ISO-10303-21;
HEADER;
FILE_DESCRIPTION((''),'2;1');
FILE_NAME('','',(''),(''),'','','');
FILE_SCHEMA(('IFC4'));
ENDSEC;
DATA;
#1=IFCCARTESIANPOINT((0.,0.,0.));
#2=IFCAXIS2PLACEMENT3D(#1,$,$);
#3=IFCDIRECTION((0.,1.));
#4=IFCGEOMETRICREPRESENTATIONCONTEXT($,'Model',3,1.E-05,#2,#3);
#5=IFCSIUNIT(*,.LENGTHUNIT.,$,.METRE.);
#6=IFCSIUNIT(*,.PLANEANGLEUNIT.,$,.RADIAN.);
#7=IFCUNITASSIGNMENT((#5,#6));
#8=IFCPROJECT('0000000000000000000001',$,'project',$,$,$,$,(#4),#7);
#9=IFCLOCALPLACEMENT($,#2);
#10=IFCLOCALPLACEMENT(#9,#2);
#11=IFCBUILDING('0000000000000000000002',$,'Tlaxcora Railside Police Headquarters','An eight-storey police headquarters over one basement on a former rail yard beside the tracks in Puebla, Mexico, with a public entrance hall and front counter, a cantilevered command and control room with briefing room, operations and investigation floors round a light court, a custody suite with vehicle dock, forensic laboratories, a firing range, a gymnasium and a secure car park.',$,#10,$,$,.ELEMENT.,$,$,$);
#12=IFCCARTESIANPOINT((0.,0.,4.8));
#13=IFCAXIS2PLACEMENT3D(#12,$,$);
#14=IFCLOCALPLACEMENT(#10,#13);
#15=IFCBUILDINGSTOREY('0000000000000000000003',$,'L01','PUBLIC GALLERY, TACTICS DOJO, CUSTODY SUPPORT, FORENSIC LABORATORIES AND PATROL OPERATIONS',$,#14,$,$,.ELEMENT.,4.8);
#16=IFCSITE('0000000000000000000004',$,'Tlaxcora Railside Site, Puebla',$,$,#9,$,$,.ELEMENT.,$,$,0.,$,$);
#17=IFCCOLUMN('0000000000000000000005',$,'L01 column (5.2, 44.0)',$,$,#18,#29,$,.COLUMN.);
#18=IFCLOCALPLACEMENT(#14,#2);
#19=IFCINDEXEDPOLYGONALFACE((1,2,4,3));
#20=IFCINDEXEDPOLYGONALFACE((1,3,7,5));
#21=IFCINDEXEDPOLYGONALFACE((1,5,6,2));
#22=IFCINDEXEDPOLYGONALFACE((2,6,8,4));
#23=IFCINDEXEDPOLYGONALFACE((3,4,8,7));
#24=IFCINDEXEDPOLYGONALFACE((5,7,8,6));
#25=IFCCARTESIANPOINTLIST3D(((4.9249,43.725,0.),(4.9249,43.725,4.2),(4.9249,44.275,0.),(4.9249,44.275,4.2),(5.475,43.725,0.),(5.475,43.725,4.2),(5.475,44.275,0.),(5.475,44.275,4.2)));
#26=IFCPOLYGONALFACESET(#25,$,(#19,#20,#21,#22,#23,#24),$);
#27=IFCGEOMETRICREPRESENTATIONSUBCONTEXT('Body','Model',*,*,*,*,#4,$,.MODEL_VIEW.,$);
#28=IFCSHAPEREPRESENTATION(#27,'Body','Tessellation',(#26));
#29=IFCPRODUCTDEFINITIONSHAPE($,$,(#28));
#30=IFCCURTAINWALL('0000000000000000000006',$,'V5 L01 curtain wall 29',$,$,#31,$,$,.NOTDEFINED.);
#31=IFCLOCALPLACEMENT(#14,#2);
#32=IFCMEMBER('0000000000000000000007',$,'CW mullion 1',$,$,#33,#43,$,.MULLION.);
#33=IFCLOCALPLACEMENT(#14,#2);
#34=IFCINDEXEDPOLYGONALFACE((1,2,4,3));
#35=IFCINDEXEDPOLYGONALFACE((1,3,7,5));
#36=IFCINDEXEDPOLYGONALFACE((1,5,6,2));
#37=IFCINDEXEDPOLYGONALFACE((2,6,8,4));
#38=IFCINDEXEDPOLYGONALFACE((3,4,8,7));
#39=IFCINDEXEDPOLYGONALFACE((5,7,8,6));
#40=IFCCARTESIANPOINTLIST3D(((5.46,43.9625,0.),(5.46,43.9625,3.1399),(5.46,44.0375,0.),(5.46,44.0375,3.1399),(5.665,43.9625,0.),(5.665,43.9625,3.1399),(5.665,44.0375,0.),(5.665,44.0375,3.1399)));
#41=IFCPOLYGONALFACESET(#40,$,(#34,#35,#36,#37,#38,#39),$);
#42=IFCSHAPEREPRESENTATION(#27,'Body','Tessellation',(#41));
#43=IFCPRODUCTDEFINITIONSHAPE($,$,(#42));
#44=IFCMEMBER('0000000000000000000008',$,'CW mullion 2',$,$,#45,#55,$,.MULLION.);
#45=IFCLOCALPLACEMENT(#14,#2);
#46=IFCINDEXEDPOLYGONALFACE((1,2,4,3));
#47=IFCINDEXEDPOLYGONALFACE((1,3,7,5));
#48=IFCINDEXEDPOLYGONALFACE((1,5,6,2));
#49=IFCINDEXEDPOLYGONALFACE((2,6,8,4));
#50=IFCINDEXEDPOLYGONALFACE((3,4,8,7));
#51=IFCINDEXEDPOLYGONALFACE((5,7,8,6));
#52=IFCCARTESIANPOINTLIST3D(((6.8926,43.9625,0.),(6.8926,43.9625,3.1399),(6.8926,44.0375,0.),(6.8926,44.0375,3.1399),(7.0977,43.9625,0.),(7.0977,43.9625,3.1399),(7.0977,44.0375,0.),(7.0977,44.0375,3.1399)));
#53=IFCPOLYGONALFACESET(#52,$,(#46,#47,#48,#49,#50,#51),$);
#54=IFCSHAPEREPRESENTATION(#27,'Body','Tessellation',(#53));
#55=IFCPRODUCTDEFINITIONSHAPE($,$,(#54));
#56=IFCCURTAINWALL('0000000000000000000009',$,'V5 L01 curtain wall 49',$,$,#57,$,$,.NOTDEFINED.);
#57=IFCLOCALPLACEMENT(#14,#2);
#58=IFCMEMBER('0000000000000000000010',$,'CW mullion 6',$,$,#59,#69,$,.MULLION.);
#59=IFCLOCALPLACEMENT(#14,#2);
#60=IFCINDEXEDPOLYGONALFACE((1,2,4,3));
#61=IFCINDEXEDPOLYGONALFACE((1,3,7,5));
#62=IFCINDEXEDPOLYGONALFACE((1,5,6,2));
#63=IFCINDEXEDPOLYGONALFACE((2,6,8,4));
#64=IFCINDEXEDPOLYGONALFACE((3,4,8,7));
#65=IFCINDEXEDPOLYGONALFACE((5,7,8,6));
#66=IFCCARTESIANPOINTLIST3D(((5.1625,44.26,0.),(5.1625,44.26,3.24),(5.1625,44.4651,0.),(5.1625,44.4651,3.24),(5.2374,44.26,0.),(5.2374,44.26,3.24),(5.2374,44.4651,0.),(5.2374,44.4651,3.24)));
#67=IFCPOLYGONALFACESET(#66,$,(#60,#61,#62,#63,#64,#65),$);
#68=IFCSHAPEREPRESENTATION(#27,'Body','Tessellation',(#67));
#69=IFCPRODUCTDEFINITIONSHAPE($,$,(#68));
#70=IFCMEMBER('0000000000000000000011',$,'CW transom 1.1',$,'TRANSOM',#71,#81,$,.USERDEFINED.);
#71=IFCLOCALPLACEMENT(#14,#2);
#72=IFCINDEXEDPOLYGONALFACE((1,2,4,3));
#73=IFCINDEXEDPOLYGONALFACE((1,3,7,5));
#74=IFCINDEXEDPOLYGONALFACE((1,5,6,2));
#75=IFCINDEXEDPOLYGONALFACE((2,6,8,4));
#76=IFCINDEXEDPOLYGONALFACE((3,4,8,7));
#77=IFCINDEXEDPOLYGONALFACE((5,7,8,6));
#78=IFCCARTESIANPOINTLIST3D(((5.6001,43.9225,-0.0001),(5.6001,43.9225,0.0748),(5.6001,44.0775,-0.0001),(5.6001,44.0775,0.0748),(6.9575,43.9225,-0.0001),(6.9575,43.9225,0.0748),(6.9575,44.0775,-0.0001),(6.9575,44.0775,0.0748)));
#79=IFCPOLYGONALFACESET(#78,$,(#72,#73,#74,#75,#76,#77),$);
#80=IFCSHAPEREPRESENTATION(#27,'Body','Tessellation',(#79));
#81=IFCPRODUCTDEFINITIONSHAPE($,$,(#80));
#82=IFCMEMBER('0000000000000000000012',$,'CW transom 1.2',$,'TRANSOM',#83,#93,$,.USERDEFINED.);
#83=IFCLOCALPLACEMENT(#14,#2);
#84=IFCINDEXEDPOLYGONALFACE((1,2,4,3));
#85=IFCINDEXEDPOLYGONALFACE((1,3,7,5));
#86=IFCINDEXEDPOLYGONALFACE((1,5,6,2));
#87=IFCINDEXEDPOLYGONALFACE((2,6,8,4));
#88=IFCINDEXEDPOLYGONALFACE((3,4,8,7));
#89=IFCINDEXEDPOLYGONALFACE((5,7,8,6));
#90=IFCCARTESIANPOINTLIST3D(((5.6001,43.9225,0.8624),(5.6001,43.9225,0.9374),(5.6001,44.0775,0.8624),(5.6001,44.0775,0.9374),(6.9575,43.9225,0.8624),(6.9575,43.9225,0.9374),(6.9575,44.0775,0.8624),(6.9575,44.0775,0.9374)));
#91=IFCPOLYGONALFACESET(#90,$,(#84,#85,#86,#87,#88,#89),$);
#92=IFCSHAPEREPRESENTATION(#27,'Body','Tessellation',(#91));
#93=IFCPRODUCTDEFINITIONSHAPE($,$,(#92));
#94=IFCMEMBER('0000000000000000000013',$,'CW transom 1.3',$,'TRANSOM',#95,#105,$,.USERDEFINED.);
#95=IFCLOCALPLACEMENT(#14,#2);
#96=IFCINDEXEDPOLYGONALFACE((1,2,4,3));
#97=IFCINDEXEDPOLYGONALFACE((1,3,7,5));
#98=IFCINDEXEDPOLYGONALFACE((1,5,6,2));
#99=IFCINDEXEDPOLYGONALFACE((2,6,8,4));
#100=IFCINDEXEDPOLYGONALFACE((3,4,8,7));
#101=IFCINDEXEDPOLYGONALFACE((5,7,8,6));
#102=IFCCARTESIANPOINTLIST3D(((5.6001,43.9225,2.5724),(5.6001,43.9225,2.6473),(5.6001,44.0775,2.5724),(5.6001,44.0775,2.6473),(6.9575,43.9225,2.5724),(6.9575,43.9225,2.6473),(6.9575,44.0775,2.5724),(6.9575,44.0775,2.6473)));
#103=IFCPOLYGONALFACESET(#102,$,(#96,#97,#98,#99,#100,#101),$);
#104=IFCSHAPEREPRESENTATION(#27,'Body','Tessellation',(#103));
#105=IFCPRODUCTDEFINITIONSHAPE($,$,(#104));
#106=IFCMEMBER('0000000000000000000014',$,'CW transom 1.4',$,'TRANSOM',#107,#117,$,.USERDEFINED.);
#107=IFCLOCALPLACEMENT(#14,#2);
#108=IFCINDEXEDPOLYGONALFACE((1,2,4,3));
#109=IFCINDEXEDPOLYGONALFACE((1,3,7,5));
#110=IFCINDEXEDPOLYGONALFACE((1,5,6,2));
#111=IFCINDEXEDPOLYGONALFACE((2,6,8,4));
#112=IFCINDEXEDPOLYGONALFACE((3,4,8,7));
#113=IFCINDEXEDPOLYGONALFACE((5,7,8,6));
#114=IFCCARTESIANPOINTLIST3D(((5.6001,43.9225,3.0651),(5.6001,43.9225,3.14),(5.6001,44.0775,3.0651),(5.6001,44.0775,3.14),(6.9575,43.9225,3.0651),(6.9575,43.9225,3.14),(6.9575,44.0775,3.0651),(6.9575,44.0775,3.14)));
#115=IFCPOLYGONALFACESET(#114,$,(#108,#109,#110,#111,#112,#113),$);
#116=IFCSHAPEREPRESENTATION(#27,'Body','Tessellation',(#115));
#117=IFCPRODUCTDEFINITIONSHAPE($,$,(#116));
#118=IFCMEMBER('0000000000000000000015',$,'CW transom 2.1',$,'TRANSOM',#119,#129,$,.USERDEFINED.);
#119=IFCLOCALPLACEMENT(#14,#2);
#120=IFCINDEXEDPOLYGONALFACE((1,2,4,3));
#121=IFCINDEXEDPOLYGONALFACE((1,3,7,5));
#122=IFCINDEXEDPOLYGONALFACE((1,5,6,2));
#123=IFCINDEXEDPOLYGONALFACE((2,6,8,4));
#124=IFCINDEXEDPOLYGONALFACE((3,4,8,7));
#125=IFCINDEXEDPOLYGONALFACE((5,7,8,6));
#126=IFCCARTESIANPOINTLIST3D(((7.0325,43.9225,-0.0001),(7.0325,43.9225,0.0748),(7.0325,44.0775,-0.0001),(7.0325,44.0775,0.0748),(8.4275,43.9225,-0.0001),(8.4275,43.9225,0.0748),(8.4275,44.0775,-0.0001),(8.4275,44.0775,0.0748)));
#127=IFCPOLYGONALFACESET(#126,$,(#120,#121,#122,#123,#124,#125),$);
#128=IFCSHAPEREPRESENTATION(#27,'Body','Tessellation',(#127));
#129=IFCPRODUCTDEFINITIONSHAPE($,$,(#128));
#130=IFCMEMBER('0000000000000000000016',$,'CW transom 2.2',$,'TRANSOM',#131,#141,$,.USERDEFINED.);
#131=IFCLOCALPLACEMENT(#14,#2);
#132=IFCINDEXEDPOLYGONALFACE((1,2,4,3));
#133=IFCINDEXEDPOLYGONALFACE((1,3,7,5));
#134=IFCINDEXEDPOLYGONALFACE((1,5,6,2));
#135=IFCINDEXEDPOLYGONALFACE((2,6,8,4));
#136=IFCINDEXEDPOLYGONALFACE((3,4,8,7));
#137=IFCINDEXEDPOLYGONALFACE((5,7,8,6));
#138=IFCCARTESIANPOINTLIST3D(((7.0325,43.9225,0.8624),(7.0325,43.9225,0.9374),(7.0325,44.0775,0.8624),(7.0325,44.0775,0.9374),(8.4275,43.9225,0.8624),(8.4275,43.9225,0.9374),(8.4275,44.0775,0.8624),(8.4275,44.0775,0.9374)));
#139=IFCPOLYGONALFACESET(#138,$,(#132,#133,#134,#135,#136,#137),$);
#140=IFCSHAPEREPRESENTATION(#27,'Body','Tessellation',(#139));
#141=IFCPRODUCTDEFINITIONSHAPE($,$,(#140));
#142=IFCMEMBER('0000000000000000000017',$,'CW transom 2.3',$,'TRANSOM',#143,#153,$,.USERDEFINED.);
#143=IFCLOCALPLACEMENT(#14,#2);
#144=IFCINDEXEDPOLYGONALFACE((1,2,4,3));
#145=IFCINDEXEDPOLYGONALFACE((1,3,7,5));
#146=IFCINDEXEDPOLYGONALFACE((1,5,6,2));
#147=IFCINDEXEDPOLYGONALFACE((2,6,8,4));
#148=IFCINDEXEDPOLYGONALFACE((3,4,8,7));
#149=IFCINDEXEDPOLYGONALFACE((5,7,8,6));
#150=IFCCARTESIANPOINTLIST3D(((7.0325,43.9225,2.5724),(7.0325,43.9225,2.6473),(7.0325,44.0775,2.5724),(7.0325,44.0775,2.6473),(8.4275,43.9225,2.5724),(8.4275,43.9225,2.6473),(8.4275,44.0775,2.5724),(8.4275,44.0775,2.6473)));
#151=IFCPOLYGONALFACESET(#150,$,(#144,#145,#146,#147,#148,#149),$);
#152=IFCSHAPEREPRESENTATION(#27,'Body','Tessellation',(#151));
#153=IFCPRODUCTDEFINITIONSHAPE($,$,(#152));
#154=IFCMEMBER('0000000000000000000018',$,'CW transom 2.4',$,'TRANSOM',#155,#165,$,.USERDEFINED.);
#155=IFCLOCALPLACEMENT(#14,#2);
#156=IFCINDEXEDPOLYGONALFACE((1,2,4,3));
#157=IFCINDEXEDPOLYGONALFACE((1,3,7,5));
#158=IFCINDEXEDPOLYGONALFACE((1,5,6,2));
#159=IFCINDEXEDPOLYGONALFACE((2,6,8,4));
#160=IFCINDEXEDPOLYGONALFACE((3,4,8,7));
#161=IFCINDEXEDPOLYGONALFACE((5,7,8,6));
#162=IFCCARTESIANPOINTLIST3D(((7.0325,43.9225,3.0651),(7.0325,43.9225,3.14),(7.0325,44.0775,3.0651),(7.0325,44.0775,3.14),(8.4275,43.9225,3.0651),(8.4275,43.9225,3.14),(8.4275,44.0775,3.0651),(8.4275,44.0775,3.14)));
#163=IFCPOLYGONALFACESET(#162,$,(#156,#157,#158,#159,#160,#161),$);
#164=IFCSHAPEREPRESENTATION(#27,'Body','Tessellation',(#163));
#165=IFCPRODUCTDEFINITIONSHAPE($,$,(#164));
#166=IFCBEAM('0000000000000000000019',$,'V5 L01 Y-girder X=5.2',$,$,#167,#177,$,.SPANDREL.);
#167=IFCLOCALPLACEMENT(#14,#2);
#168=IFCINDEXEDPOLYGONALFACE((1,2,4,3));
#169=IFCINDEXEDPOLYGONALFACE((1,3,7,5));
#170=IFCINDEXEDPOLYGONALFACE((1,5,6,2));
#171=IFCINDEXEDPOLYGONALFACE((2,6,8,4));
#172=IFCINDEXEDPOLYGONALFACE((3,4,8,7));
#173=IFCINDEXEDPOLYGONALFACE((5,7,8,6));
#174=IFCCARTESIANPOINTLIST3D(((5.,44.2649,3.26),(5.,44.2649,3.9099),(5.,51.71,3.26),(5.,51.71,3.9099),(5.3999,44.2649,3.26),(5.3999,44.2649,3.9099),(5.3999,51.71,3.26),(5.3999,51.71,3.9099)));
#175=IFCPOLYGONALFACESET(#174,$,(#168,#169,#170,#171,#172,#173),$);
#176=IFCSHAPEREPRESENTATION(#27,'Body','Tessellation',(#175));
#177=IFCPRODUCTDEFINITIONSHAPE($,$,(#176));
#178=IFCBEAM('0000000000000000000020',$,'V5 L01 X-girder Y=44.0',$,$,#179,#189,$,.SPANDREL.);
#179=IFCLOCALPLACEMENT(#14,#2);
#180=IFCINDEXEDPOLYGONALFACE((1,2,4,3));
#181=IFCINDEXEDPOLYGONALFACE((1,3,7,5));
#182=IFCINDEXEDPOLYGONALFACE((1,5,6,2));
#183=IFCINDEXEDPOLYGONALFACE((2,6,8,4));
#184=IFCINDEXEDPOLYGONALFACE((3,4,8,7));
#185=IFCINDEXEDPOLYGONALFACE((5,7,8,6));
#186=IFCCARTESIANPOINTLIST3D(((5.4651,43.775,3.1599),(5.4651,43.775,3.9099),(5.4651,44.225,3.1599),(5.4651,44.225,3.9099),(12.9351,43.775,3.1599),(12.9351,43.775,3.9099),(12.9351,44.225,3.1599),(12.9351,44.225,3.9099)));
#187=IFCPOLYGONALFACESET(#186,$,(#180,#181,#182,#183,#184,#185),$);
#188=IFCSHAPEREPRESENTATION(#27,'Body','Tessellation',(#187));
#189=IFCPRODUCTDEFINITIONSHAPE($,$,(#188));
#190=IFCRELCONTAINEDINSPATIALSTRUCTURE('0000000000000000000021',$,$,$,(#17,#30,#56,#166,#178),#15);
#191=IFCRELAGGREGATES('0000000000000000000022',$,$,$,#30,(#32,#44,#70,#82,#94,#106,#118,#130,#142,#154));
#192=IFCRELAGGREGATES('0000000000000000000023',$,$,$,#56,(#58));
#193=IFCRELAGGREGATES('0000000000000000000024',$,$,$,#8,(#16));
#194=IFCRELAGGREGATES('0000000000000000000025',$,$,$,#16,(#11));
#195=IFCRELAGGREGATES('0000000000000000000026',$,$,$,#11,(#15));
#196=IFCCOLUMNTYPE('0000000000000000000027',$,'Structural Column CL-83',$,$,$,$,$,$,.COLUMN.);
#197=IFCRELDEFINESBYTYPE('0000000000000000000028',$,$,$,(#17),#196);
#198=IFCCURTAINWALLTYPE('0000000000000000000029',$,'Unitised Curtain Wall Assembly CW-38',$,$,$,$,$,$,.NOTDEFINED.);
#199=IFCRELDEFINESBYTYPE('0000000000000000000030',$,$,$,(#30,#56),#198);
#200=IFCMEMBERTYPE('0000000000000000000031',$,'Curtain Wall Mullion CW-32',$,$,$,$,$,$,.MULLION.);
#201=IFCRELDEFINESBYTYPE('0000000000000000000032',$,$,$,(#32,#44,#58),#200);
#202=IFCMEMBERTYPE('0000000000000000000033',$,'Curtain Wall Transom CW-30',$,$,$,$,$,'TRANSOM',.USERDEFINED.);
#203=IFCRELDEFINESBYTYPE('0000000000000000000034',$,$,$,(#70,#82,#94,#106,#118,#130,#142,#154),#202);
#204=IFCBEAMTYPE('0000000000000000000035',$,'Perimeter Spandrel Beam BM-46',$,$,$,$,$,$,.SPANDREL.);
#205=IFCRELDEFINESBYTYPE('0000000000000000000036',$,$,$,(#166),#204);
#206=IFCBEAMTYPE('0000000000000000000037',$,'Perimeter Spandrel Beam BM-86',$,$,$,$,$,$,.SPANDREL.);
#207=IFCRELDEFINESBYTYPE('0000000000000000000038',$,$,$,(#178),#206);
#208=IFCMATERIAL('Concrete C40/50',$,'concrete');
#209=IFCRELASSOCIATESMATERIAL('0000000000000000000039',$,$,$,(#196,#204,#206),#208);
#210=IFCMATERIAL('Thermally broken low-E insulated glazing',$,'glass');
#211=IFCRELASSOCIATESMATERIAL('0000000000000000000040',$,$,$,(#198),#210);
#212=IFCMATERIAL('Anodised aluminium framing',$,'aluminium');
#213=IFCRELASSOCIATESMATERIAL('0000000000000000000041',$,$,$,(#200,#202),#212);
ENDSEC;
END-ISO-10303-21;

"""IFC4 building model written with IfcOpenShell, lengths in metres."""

from ifc_helpers import new_model, si_unit, direction, frame, origin, origin_2d, place, context, subcontext, project, spatial, rectangle, extrude, material, material_profile, profile_set, type_object, element, aggregate, save


model = new_model("IFC4")

# Units and contexts
model_context = context("Model", 3, precision=1e-05, world=origin(), true_north=direction((0.0, 1.0)))
body_context = subcontext(model_context, "Body", "Model", "MODEL_VIEW")
ifc_project = project(units=[si_unit("LENGTHUNIT", "METRE"), si_unit("PLANEANGLEUNIT", "RADIAN")], contexts=[model_context])

# Site, building, storey
site_placement = place(None, origin())
site = spatial("IfcSite", under=ifc_project, at=site_placement, Name="Tlaxcora Railside Site, Puebla", CompositionType="ELEMENT", RefElevation=0.0)
building_placement = place(site_placement, origin())
building = spatial("IfcBuilding", under=site, at=building_placement, Name="Tlaxcora Railside Police Headquarters", Description="An eight-storey police headquarters over one basement on a former rail yard beside the tracks in Puebla, Mexico, with a public entrance hall and front counter, a cantilevered command and control room with briefing room, operations and investigation floors round a light court, a custody suite with vehicle dock, forensic laboratories, a firing range, a gymnasium and a secure car park.", CompositionType="ELEMENT")
storey_placement = place(building_placement, frame((0.0, 0.0, 4.8)))
storey = spatial("IfcBuildingStorey", under=building, at=storey_placement, Name="L01", Description="PUBLIC GALLERY, TACTICS DOJO, CUSTODY SUPPORT, FORENSIC LABORATORIES AND PATROL OPERATIONS", CompositionType="ELEMENT", Elevation=4.8)

# Column
ifc_material_1 = material(Name="Concrete C40/50", Category="concrete")
ifc_material_profile_1 = material_profile(ifc_material_1, rectangle(XDim=0.55, YDim=0.55, at=origin_2d()), Name="RC550X550")
ifc_profile_set_1 = profile_set([ifc_material_profile_1], Name="Concrete C40/50")
column_type = type_object("IfcColumnType", Name="Structural Column CL-83", PredefinedType="COLUMN", material=ifc_profile_set_1)
column_placement = place(storey_placement, frame((5.2, 44.0, 0.0), z_axis=(0.0, 0.0, 1.0), x_axis=(1.0, 0.0, 0.0)))
element("IfcColumn", 1, at=column_placement, inside=storey, type_object=column_type, Name="L01 column (5.2, 44.0)", PredefinedType="COLUMN", context=body_context, shape_type="SweptSolid", body=[
    extrude(rectangle(XDim=0.55, YDim=0.55, at=origin_2d()), origin(), (0.0, 0.0, 1.0), 4.2),
])

# Curtain wall, members
ifc_material_2 = material(Name="Thermally broken low-E insulated glazing", Category="glass")
curtain_wall_type = type_object("IfcCurtainWallType", Name="Unitised Curtain Wall Assembly CW-38", PredefinedType="NOTDEFINED", material=ifc_material_2)
curtain_wall_1_placement = place(storey_placement, origin())
curtain_wall_1 = element("IfcCurtainWall", 2, at=curtain_wall_1_placement, inside=storey, type_object=curtain_wall_type, Name="V5 L01 curtain wall 29", PredefinedType="NOTDEFINED")
ifc_material_3 = material(Name="Anodised aluminium framing", Category="aluminium")
ifc_material_profile_2 = material_profile(ifc_material_3, rectangle(XDim=0.075, YDim=0.2051, at=origin_2d()), Name="AL75X205")
ifc_profile_set_2 = profile_set([ifc_material_profile_2], Name="Anodised aluminium framing")
member_type_1 = type_object("IfcMemberType", Name="Curtain Wall Mullion CW-32", PredefinedType="MULLION", material=ifc_profile_set_2)
member_1_placement = place(storey_placement, frame((5.5625, 44.0, 0.0), z_axis=(0.0, 0.0, 1.0), x_axis=(0.0, 1.0, 0.0)))
member_1 = element("IfcMember", 3, at=member_1_placement, type_object=member_type_1, Name="CW mullion 1", PredefinedType="MULLION", context=body_context, shape_type="SweptSolid", body=[
    extrude(rectangle(XDim=0.075, YDim=0.2051, at=origin_2d()), origin(), (0.0, 0.0, 1.0), 3.1399),
])
member_2_placement = place(storey_placement, frame((6.9951, 44.0, 0.0), z_axis=(0.0, 0.0, 1.0), x_axis=(0.0, 1.0, 0.0)))
member_2 = element("IfcMember", 4, at=member_2_placement, type_object=member_type_1, Name="CW mullion 2", PredefinedType="MULLION", context=body_context, shape_type="SweptSolid", body=[
    extrude(rectangle(XDim=0.075, YDim=0.2051, at=origin_2d()), origin(), (0.0, 0.0, 1.0), 3.1399),
])

# Curtain wall, member
curtain_wall_2_placement = place(storey_placement, origin())
curtain_wall_2 = element("IfcCurtainWall", 5, at=curtain_wall_2_placement, inside=storey, type_object=curtain_wall_type, Name="V5 L01 curtain wall 49", PredefinedType="NOTDEFINED")
member_3_placement = place(storey_placement, frame((5.2, 44.3625, 0.0), z_axis=(0.0, 0.0, 1.0), x_axis=(1.0, 0.0, 0.0)))
member_3 = element("IfcMember", 6, at=member_3_placement, type_object=member_type_1, Name="CW mullion 6", PredefinedType="MULLION", context=body_context, shape_type="SweptSolid", body=[
    extrude(rectangle(XDim=0.075, YDim=0.2051, at=origin_2d()), origin(), (0.0, 0.0, 1.0), 3.24),
])

# Members
ifc_material_profile_3 = material_profile(ifc_material_3, rectangle(XDim=0.155, YDim=0.075, at=origin_2d()), Name="AL75X155")
ifc_profile_set_3 = profile_set([ifc_material_profile_3], Name="Anodised aluminium framing")
member_type_2 = type_object("IfcMemberType", Name="Curtain Wall Transom CW-30", ElementType="TRANSOM", PredefinedType="USERDEFINED", material=ifc_profile_set_3)
member_4_placement = place(storey_placement, frame((5.6001, 44.0, 0.0374), z_axis=(1.0, 0.0, 0.0), x_axis=(0.0, 1.0, 0.0)))
member_4 = element("IfcMember", 7, at=member_4_placement, type_object=member_type_2, Name="CW transom 1.1", ObjectType="TRANSOM", PredefinedType="USERDEFINED", context=body_context, shape_type="SweptSolid", body=[
    extrude(rectangle(XDim=0.155, YDim=0.075, at=origin_2d()), origin(), (0.0, 0.0, 1.0), 1.3574),
])
member_5_placement = place(storey_placement, frame((5.6001, 44.0, 0.8999), z_axis=(1.0, 0.0, 0.0), x_axis=(0.0, 1.0, 0.0)))
member_5 = element("IfcMember", 8, at=member_5_placement, type_object=member_type_2, Name="CW transom 1.2", ObjectType="TRANSOM", PredefinedType="USERDEFINED", context=body_context, shape_type="SweptSolid", body=[
    extrude(rectangle(XDim=0.155, YDim=0.075, at=origin_2d()), origin(), (0.0, 0.0, 1.0), 1.3574),
])
member_6_placement = place(storey_placement, frame((5.6001, 44.0, 2.6099), z_axis=(1.0, 0.0, 0.0), x_axis=(0.0, 1.0, 0.0)))
member_6 = element("IfcMember", 9, at=member_6_placement, type_object=member_type_2, Name="CW transom 1.3", ObjectType="TRANSOM", PredefinedType="USERDEFINED", context=body_context, shape_type="SweptSolid", body=[
    extrude(rectangle(XDim=0.155, YDim=0.075, at=origin_2d()), origin(), (0.0, 0.0, 1.0), 1.3574),
])
member_7_placement = place(storey_placement, frame((5.6001, 44.0, 3.1025), z_axis=(1.0, 0.0, 0.0), x_axis=(0.0, 1.0, 0.0)))
member_7 = element("IfcMember", 10, at=member_7_placement, type_object=member_type_2, Name="CW transom 1.4", ObjectType="TRANSOM", PredefinedType="USERDEFINED", context=body_context, shape_type="SweptSolid", body=[
    extrude(rectangle(XDim=0.155, YDim=0.075, at=origin_2d()), origin(), (0.0, 0.0, 1.0), 1.3574),
])
member_8_placement = place(storey_placement, frame((7.0325, 44.0, 0.0374), z_axis=(1.0, 0.0, 0.0), x_axis=(0.0, 1.0, 0.0)))
member_8 = element("IfcMember", 11, at=member_8_placement, type_object=member_type_2, Name="CW transom 2.1", ObjectType="TRANSOM", PredefinedType="USERDEFINED", context=body_context, shape_type="SweptSolid", body=[
    extrude(rectangle(XDim=0.155, YDim=0.075, at=origin_2d()), origin(), (0.0, 0.0, 1.0), 1.395),
])
member_9_placement = place(storey_placement, frame((7.0325, 44.0, 0.8999), z_axis=(1.0, 0.0, 0.0), x_axis=(0.0, 1.0, 0.0)))
member_9 = element("IfcMember", 12, at=member_9_placement, type_object=member_type_2, Name="CW transom 2.2", ObjectType="TRANSOM", PredefinedType="USERDEFINED", context=body_context, shape_type="SweptSolid", body=[
    extrude(rectangle(XDim=0.155, YDim=0.075, at=origin_2d()), origin(), (0.0, 0.0, 1.0), 1.395),
])
member_10_placement = place(storey_placement, frame((7.0325, 44.0, 2.6099), z_axis=(1.0, 0.0, 0.0), x_axis=(0.0, 1.0, 0.0)))
member_10 = element("IfcMember", 13, at=member_10_placement, type_object=member_type_2, Name="CW transom 2.3", ObjectType="TRANSOM", PredefinedType="USERDEFINED", context=body_context, shape_type="SweptSolid", body=[
    extrude(rectangle(XDim=0.155, YDim=0.075, at=origin_2d()), origin(), (0.0, 0.0, 1.0), 1.395),
])
member_11_placement = place(storey_placement, frame((7.0325, 44.0, 3.1025), z_axis=(1.0, 0.0, 0.0), x_axis=(0.0, 1.0, 0.0)))
member_11 = element("IfcMember", 14, at=member_11_placement, type_object=member_type_2, Name="CW transom 2.4", ObjectType="TRANSOM", PredefinedType="USERDEFINED", context=body_context, shape_type="SweptSolid", body=[
    extrude(rectangle(XDim=0.155, YDim=0.075, at=origin_2d()), origin(), (0.0, 0.0, 1.0), 1.395),
])

# Beams
ifc_material_profile_4 = material_profile(ifc_material_1, rectangle(XDim=0.3999, YDim=0.6499, at=origin_2d()), Name="RC400X650")
ifc_profile_set_4 = profile_set([ifc_material_profile_4], Name="Concrete C40/50")
beam_type_1 = type_object("IfcBeamType", Name="Perimeter Spandrel Beam BM-46", PredefinedType="SPANDREL", material=ifc_profile_set_4)
beam_1_placement = place(storey_placement, frame((5.2, 44.2649, 3.585), z_axis=(0.0, 1.0, 0.0), x_axis=(-1.0, 0.0, 0.0)))
element("IfcBeam", 15, at=beam_1_placement, inside=storey, type_object=beam_type_1, Name="V5 L01 Y-girder X=5.2", PredefinedType="SPANDREL", context=body_context, shape_type="SweptSolid", body=[
    extrude(rectangle(XDim=0.3999, YDim=0.6499, at=origin_2d()), origin(), (0.0, 0.0, 1.0), 7.4451),
])
ifc_material_profile_5 = material_profile(ifc_material_1, rectangle(XDim=0.45, YDim=0.75, at=origin_2d()), Name="RC450X750")
ifc_profile_set_5 = profile_set([ifc_material_profile_5], Name="Concrete C40/50")
beam_type_2 = type_object("IfcBeamType", Name="Perimeter Spandrel Beam BM-86", PredefinedType="SPANDREL", material=ifc_profile_set_5)
beam_2_placement = place(storey_placement, frame((5.4651, 44.0, 3.5349), z_axis=(1.0, 0.0, 0.0), x_axis=(0.0, 1.0, 0.0)))
element("IfcBeam", 16, at=beam_2_placement, inside=storey, type_object=beam_type_2, Name="V5 L01 X-girder Y=44.0", PredefinedType="SPANDREL", context=body_context, shape_type="SweptSolid", body=[
    extrude(rectangle(XDim=0.45, YDim=0.75, at=origin_2d()), origin(), (0.0, 0.0, 1.0), 7.47),
])

aggregate(curtain_wall_1, [member_1, member_2, member_4, member_5, member_6, member_7, member_8, member_9, member_10, member_11])
aggregate(curtain_wall_2, [member_3])

save(model, "model.ifc")
